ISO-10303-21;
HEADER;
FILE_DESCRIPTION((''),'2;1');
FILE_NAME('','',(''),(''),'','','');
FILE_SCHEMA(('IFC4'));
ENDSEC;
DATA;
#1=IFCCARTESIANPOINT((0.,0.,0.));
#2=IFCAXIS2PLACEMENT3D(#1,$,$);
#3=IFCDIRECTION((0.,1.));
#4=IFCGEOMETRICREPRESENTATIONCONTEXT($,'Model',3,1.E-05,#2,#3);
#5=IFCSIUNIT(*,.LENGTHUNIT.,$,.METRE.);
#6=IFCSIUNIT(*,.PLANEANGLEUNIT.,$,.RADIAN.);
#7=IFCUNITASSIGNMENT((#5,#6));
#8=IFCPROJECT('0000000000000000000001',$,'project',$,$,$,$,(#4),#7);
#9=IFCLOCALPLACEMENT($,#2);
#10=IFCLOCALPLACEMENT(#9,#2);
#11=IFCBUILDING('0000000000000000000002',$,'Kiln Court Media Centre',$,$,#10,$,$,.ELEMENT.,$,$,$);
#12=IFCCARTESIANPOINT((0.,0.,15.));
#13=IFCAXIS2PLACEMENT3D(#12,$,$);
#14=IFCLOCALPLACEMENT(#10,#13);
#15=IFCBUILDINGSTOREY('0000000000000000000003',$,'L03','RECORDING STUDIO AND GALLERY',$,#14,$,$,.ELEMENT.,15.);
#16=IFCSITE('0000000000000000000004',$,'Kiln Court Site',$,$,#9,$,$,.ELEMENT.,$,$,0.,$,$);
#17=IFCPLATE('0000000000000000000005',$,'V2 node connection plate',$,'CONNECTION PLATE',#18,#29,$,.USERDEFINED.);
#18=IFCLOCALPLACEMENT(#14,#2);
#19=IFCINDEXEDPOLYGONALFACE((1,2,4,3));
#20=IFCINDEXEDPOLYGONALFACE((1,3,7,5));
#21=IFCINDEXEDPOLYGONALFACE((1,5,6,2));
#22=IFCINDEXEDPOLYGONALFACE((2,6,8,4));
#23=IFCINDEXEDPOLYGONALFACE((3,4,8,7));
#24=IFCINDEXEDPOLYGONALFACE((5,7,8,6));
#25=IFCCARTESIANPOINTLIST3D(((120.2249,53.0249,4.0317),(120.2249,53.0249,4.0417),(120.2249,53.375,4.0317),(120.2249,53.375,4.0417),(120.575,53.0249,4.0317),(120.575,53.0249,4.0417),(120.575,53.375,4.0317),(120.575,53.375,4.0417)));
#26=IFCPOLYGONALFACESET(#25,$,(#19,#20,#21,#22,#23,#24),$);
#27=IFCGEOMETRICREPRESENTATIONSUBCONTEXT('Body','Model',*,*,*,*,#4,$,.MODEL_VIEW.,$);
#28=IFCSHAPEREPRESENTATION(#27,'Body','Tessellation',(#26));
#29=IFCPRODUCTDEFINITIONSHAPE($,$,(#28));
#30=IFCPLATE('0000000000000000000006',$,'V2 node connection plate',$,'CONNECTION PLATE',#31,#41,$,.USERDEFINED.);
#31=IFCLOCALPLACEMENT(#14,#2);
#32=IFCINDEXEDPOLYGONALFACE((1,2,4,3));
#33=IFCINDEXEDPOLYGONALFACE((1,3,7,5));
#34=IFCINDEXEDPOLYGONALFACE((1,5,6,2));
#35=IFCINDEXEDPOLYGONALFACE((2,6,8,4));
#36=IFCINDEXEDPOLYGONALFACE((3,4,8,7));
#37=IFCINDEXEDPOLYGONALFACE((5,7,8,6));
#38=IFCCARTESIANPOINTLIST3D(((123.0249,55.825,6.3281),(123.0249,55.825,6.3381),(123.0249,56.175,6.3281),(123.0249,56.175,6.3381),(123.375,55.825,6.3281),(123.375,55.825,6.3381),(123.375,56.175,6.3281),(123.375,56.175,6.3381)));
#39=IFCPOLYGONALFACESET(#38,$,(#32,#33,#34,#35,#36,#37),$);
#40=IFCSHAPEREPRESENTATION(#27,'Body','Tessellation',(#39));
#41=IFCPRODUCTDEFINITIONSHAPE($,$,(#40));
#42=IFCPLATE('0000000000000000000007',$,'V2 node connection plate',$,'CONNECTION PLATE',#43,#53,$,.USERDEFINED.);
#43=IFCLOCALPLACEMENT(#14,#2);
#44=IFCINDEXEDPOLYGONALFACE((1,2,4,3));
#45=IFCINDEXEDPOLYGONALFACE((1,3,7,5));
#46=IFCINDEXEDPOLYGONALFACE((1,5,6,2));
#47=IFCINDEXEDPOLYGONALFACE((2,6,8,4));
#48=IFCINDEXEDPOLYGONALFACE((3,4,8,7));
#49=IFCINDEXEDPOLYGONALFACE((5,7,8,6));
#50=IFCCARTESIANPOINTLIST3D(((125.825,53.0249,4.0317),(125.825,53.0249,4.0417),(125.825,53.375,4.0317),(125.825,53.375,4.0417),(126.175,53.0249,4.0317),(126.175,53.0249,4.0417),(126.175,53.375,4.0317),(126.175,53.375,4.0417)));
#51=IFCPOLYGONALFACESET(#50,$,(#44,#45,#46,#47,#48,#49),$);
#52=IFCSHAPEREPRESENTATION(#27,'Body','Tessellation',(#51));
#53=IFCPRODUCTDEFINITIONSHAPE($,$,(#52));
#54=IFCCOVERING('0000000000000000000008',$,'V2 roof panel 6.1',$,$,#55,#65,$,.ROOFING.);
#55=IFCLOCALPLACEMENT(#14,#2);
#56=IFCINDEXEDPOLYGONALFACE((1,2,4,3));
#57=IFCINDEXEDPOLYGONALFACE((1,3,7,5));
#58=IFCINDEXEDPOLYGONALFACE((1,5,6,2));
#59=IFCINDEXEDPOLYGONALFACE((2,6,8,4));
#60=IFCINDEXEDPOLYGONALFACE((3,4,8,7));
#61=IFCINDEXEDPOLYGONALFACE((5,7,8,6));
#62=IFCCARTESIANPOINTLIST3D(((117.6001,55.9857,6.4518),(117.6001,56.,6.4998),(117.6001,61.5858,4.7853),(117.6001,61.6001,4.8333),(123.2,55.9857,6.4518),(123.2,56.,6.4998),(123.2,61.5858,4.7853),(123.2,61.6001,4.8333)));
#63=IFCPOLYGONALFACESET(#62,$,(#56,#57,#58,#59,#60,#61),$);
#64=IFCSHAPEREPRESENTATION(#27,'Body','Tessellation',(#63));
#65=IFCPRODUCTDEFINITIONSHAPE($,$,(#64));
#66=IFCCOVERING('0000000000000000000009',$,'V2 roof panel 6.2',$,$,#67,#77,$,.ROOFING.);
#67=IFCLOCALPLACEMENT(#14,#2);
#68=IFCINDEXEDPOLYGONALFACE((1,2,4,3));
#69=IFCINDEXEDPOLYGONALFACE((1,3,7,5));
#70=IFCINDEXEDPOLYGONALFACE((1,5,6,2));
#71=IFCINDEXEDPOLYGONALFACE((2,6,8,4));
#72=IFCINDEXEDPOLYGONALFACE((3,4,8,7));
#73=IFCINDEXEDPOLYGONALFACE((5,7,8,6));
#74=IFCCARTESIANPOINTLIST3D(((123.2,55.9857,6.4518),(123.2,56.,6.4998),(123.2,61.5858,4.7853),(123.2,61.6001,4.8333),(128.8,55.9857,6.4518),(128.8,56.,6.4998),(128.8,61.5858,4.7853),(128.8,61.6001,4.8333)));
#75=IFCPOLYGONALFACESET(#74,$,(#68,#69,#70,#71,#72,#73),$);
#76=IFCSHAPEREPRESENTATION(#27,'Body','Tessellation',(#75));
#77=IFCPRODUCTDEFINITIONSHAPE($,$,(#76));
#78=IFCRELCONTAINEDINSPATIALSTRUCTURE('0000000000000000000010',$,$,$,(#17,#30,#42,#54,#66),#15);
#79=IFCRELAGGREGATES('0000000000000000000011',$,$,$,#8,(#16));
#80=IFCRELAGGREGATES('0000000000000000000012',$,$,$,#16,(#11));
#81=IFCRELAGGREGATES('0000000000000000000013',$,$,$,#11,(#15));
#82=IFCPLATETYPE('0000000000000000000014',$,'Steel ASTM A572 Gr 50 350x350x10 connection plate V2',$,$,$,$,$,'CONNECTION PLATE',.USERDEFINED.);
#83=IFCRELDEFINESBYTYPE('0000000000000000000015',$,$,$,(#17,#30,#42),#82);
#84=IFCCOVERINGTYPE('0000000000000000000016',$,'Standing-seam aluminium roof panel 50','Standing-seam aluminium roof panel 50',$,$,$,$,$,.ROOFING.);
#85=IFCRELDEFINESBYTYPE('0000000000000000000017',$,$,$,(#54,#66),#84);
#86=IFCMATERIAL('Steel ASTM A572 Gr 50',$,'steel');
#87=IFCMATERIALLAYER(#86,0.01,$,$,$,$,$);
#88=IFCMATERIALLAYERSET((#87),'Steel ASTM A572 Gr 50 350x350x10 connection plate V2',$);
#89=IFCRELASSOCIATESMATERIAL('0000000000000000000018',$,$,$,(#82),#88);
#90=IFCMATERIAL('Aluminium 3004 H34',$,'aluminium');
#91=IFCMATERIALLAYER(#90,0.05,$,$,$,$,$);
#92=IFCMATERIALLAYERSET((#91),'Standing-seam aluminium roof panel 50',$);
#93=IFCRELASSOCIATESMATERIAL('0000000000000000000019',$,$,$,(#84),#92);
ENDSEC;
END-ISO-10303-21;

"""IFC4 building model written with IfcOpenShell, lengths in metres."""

from ifc_helpers import new_model, si_unit, direction, frame, origin, origin_2d, place, context, subcontext, project, spatial, polyline, rectangle, outline, extrude, material, layer, layer_set, type_object, element, save


model = new_model("IFC4")

# Units and contexts
model_context = context("Model", 3, precision=1e-05, world=origin(), true_north=direction((0.0, 1.0)))
body_context = subcontext(model_context, "Body", "Model", "MODEL_VIEW")
ifc_project = project(units=[si_unit("LENGTHUNIT", "METRE"), si_unit("PLANEANGLEUNIT", "RADIAN")], contexts=[model_context])

# Site, building, storey
site_placement = place(None, origin())
site = spatial("IfcSite", under=ifc_project, at=site_placement, Name="Kiln Court Site", CompositionType="ELEMENT", RefElevation=0.0)
building_placement = place(site_placement, origin())
building = spatial("IfcBuilding", under=site, at=building_placement, Name="Kiln Court Media Centre", CompositionType="ELEMENT")
storey_placement = place(building_placement, frame((0.0, 0.0, 15.0)))
storey = spatial("IfcBuildingStorey", under=building, at=storey_placement, Name="L03", Description="RECORDING STUDIO AND GALLERY", CompositionType="ELEMENT", Elevation=15.0)

# Plates
ifc_material_1 = material(Name="Steel ASTM A572 Gr 50", Category="steel")
ifc_layer_1 = layer(ifc_material_1, 0.01)
ifc_layer_set_1 = layer_set([ifc_layer_1], Name="Steel ASTM A572 Gr 50 350x350x10 connection plate V2")
plate_type_1 = type_object("IfcPlateType", Name="Steel ASTM A572 Gr 50 350x350x10 connection plate V2", ElementType="CONNECTION PLATE", PredefinedType="USERDEFINED", material=ifc_layer_set_1)
for number, where, z_axis, x_axis, name in (
    (1, (120.3999, 53.2, 4.0317), (0.0, 0.0, 1.0), (1.0, 0.0, 0.0), "V2 node connection plate"),
    (2, (123.2, 56.0, 6.3281), (0.0, 0.0, 1.0), (1.0, 0.0, 0.0), "V2 node connection plate"),
    (3, (126.0, 53.2, 4.0317), (0.0, 0.0, 1.0), (1.0, 0.0, 0.0), "V2 node connection plate"),
):
    element("IfcPlate", number, at=place(storey_placement, frame(where, z_axis=z_axis, x_axis=x_axis)), inside=storey, type_object=plate_type_1, Name=name, ObjectType="CONNECTION PLATE", PredefinedType="USERDEFINED", context=body_context, shape_type="SweptSolid", body=[
        extrude(rectangle(XDim=0.3501, YDim=0.3501, at=origin_2d()), origin(), (0.0, 0.0, 1.0), 0.01),
    ])

# Coverings
ifc_material_2 = material(Name="Aluminium 3004 H34", Category="aluminium")
ifc_layer_2 = layer(ifc_material_2, 0.05)
ifc_layer_set_2 = layer_set([ifc_layer_2], Name="Standing-seam aluminium roof panel 50")
covering_type = type_object("IfcCoveringType", Name="Standing-seam aluminium roof panel 50", Description="Standing-seam aluminium roof panel 50", PredefinedType="ROOFING", material=ifc_layer_set_2)
covering_1_placement = place(storey_placement, frame((117.6001, 56.0, 6.4998), z_axis=(0.0, 0.285223, 0.958461), x_axis=(0.0, 0.958461, -0.285223)))
element("IfcCovering", 4, at=covering_1_placement, inside=storey, type_object=covering_type, Name="V2 roof panel 6.1", PredefinedType="ROOFING", context=body_context, shape_type="SweptSolid", body=[
    extrude(outline(polyline([(0.0, 0.0), (5.8428, 0.0), (5.8428, -5.5999), (0.0, -5.5999), (0.0, 0.0)])), origin(), (0.0, 0.0, -1.0), 0.05),
])
covering_2_placement = place(storey_placement, frame((123.2, 56.0, 6.4998), z_axis=(0.0, 0.285223, 0.958461), x_axis=(0.0, 0.958461, -0.285223)))
element("IfcCovering", 5, at=covering_2_placement, inside=storey, type_object=covering_type, Name="V2 roof panel 6.2", PredefinedType="ROOFING", context=body_context, shape_type="SweptSolid", body=[
    extrude(outline(polyline([(0.0, 0.0), (5.8428, 0.0), (5.8428, -5.6001), (0.0, -5.6001), (0.0, 0.0)])), origin(), (0.0, 0.0, -1.0), 0.05),
])

save(model, "model.ifc")
